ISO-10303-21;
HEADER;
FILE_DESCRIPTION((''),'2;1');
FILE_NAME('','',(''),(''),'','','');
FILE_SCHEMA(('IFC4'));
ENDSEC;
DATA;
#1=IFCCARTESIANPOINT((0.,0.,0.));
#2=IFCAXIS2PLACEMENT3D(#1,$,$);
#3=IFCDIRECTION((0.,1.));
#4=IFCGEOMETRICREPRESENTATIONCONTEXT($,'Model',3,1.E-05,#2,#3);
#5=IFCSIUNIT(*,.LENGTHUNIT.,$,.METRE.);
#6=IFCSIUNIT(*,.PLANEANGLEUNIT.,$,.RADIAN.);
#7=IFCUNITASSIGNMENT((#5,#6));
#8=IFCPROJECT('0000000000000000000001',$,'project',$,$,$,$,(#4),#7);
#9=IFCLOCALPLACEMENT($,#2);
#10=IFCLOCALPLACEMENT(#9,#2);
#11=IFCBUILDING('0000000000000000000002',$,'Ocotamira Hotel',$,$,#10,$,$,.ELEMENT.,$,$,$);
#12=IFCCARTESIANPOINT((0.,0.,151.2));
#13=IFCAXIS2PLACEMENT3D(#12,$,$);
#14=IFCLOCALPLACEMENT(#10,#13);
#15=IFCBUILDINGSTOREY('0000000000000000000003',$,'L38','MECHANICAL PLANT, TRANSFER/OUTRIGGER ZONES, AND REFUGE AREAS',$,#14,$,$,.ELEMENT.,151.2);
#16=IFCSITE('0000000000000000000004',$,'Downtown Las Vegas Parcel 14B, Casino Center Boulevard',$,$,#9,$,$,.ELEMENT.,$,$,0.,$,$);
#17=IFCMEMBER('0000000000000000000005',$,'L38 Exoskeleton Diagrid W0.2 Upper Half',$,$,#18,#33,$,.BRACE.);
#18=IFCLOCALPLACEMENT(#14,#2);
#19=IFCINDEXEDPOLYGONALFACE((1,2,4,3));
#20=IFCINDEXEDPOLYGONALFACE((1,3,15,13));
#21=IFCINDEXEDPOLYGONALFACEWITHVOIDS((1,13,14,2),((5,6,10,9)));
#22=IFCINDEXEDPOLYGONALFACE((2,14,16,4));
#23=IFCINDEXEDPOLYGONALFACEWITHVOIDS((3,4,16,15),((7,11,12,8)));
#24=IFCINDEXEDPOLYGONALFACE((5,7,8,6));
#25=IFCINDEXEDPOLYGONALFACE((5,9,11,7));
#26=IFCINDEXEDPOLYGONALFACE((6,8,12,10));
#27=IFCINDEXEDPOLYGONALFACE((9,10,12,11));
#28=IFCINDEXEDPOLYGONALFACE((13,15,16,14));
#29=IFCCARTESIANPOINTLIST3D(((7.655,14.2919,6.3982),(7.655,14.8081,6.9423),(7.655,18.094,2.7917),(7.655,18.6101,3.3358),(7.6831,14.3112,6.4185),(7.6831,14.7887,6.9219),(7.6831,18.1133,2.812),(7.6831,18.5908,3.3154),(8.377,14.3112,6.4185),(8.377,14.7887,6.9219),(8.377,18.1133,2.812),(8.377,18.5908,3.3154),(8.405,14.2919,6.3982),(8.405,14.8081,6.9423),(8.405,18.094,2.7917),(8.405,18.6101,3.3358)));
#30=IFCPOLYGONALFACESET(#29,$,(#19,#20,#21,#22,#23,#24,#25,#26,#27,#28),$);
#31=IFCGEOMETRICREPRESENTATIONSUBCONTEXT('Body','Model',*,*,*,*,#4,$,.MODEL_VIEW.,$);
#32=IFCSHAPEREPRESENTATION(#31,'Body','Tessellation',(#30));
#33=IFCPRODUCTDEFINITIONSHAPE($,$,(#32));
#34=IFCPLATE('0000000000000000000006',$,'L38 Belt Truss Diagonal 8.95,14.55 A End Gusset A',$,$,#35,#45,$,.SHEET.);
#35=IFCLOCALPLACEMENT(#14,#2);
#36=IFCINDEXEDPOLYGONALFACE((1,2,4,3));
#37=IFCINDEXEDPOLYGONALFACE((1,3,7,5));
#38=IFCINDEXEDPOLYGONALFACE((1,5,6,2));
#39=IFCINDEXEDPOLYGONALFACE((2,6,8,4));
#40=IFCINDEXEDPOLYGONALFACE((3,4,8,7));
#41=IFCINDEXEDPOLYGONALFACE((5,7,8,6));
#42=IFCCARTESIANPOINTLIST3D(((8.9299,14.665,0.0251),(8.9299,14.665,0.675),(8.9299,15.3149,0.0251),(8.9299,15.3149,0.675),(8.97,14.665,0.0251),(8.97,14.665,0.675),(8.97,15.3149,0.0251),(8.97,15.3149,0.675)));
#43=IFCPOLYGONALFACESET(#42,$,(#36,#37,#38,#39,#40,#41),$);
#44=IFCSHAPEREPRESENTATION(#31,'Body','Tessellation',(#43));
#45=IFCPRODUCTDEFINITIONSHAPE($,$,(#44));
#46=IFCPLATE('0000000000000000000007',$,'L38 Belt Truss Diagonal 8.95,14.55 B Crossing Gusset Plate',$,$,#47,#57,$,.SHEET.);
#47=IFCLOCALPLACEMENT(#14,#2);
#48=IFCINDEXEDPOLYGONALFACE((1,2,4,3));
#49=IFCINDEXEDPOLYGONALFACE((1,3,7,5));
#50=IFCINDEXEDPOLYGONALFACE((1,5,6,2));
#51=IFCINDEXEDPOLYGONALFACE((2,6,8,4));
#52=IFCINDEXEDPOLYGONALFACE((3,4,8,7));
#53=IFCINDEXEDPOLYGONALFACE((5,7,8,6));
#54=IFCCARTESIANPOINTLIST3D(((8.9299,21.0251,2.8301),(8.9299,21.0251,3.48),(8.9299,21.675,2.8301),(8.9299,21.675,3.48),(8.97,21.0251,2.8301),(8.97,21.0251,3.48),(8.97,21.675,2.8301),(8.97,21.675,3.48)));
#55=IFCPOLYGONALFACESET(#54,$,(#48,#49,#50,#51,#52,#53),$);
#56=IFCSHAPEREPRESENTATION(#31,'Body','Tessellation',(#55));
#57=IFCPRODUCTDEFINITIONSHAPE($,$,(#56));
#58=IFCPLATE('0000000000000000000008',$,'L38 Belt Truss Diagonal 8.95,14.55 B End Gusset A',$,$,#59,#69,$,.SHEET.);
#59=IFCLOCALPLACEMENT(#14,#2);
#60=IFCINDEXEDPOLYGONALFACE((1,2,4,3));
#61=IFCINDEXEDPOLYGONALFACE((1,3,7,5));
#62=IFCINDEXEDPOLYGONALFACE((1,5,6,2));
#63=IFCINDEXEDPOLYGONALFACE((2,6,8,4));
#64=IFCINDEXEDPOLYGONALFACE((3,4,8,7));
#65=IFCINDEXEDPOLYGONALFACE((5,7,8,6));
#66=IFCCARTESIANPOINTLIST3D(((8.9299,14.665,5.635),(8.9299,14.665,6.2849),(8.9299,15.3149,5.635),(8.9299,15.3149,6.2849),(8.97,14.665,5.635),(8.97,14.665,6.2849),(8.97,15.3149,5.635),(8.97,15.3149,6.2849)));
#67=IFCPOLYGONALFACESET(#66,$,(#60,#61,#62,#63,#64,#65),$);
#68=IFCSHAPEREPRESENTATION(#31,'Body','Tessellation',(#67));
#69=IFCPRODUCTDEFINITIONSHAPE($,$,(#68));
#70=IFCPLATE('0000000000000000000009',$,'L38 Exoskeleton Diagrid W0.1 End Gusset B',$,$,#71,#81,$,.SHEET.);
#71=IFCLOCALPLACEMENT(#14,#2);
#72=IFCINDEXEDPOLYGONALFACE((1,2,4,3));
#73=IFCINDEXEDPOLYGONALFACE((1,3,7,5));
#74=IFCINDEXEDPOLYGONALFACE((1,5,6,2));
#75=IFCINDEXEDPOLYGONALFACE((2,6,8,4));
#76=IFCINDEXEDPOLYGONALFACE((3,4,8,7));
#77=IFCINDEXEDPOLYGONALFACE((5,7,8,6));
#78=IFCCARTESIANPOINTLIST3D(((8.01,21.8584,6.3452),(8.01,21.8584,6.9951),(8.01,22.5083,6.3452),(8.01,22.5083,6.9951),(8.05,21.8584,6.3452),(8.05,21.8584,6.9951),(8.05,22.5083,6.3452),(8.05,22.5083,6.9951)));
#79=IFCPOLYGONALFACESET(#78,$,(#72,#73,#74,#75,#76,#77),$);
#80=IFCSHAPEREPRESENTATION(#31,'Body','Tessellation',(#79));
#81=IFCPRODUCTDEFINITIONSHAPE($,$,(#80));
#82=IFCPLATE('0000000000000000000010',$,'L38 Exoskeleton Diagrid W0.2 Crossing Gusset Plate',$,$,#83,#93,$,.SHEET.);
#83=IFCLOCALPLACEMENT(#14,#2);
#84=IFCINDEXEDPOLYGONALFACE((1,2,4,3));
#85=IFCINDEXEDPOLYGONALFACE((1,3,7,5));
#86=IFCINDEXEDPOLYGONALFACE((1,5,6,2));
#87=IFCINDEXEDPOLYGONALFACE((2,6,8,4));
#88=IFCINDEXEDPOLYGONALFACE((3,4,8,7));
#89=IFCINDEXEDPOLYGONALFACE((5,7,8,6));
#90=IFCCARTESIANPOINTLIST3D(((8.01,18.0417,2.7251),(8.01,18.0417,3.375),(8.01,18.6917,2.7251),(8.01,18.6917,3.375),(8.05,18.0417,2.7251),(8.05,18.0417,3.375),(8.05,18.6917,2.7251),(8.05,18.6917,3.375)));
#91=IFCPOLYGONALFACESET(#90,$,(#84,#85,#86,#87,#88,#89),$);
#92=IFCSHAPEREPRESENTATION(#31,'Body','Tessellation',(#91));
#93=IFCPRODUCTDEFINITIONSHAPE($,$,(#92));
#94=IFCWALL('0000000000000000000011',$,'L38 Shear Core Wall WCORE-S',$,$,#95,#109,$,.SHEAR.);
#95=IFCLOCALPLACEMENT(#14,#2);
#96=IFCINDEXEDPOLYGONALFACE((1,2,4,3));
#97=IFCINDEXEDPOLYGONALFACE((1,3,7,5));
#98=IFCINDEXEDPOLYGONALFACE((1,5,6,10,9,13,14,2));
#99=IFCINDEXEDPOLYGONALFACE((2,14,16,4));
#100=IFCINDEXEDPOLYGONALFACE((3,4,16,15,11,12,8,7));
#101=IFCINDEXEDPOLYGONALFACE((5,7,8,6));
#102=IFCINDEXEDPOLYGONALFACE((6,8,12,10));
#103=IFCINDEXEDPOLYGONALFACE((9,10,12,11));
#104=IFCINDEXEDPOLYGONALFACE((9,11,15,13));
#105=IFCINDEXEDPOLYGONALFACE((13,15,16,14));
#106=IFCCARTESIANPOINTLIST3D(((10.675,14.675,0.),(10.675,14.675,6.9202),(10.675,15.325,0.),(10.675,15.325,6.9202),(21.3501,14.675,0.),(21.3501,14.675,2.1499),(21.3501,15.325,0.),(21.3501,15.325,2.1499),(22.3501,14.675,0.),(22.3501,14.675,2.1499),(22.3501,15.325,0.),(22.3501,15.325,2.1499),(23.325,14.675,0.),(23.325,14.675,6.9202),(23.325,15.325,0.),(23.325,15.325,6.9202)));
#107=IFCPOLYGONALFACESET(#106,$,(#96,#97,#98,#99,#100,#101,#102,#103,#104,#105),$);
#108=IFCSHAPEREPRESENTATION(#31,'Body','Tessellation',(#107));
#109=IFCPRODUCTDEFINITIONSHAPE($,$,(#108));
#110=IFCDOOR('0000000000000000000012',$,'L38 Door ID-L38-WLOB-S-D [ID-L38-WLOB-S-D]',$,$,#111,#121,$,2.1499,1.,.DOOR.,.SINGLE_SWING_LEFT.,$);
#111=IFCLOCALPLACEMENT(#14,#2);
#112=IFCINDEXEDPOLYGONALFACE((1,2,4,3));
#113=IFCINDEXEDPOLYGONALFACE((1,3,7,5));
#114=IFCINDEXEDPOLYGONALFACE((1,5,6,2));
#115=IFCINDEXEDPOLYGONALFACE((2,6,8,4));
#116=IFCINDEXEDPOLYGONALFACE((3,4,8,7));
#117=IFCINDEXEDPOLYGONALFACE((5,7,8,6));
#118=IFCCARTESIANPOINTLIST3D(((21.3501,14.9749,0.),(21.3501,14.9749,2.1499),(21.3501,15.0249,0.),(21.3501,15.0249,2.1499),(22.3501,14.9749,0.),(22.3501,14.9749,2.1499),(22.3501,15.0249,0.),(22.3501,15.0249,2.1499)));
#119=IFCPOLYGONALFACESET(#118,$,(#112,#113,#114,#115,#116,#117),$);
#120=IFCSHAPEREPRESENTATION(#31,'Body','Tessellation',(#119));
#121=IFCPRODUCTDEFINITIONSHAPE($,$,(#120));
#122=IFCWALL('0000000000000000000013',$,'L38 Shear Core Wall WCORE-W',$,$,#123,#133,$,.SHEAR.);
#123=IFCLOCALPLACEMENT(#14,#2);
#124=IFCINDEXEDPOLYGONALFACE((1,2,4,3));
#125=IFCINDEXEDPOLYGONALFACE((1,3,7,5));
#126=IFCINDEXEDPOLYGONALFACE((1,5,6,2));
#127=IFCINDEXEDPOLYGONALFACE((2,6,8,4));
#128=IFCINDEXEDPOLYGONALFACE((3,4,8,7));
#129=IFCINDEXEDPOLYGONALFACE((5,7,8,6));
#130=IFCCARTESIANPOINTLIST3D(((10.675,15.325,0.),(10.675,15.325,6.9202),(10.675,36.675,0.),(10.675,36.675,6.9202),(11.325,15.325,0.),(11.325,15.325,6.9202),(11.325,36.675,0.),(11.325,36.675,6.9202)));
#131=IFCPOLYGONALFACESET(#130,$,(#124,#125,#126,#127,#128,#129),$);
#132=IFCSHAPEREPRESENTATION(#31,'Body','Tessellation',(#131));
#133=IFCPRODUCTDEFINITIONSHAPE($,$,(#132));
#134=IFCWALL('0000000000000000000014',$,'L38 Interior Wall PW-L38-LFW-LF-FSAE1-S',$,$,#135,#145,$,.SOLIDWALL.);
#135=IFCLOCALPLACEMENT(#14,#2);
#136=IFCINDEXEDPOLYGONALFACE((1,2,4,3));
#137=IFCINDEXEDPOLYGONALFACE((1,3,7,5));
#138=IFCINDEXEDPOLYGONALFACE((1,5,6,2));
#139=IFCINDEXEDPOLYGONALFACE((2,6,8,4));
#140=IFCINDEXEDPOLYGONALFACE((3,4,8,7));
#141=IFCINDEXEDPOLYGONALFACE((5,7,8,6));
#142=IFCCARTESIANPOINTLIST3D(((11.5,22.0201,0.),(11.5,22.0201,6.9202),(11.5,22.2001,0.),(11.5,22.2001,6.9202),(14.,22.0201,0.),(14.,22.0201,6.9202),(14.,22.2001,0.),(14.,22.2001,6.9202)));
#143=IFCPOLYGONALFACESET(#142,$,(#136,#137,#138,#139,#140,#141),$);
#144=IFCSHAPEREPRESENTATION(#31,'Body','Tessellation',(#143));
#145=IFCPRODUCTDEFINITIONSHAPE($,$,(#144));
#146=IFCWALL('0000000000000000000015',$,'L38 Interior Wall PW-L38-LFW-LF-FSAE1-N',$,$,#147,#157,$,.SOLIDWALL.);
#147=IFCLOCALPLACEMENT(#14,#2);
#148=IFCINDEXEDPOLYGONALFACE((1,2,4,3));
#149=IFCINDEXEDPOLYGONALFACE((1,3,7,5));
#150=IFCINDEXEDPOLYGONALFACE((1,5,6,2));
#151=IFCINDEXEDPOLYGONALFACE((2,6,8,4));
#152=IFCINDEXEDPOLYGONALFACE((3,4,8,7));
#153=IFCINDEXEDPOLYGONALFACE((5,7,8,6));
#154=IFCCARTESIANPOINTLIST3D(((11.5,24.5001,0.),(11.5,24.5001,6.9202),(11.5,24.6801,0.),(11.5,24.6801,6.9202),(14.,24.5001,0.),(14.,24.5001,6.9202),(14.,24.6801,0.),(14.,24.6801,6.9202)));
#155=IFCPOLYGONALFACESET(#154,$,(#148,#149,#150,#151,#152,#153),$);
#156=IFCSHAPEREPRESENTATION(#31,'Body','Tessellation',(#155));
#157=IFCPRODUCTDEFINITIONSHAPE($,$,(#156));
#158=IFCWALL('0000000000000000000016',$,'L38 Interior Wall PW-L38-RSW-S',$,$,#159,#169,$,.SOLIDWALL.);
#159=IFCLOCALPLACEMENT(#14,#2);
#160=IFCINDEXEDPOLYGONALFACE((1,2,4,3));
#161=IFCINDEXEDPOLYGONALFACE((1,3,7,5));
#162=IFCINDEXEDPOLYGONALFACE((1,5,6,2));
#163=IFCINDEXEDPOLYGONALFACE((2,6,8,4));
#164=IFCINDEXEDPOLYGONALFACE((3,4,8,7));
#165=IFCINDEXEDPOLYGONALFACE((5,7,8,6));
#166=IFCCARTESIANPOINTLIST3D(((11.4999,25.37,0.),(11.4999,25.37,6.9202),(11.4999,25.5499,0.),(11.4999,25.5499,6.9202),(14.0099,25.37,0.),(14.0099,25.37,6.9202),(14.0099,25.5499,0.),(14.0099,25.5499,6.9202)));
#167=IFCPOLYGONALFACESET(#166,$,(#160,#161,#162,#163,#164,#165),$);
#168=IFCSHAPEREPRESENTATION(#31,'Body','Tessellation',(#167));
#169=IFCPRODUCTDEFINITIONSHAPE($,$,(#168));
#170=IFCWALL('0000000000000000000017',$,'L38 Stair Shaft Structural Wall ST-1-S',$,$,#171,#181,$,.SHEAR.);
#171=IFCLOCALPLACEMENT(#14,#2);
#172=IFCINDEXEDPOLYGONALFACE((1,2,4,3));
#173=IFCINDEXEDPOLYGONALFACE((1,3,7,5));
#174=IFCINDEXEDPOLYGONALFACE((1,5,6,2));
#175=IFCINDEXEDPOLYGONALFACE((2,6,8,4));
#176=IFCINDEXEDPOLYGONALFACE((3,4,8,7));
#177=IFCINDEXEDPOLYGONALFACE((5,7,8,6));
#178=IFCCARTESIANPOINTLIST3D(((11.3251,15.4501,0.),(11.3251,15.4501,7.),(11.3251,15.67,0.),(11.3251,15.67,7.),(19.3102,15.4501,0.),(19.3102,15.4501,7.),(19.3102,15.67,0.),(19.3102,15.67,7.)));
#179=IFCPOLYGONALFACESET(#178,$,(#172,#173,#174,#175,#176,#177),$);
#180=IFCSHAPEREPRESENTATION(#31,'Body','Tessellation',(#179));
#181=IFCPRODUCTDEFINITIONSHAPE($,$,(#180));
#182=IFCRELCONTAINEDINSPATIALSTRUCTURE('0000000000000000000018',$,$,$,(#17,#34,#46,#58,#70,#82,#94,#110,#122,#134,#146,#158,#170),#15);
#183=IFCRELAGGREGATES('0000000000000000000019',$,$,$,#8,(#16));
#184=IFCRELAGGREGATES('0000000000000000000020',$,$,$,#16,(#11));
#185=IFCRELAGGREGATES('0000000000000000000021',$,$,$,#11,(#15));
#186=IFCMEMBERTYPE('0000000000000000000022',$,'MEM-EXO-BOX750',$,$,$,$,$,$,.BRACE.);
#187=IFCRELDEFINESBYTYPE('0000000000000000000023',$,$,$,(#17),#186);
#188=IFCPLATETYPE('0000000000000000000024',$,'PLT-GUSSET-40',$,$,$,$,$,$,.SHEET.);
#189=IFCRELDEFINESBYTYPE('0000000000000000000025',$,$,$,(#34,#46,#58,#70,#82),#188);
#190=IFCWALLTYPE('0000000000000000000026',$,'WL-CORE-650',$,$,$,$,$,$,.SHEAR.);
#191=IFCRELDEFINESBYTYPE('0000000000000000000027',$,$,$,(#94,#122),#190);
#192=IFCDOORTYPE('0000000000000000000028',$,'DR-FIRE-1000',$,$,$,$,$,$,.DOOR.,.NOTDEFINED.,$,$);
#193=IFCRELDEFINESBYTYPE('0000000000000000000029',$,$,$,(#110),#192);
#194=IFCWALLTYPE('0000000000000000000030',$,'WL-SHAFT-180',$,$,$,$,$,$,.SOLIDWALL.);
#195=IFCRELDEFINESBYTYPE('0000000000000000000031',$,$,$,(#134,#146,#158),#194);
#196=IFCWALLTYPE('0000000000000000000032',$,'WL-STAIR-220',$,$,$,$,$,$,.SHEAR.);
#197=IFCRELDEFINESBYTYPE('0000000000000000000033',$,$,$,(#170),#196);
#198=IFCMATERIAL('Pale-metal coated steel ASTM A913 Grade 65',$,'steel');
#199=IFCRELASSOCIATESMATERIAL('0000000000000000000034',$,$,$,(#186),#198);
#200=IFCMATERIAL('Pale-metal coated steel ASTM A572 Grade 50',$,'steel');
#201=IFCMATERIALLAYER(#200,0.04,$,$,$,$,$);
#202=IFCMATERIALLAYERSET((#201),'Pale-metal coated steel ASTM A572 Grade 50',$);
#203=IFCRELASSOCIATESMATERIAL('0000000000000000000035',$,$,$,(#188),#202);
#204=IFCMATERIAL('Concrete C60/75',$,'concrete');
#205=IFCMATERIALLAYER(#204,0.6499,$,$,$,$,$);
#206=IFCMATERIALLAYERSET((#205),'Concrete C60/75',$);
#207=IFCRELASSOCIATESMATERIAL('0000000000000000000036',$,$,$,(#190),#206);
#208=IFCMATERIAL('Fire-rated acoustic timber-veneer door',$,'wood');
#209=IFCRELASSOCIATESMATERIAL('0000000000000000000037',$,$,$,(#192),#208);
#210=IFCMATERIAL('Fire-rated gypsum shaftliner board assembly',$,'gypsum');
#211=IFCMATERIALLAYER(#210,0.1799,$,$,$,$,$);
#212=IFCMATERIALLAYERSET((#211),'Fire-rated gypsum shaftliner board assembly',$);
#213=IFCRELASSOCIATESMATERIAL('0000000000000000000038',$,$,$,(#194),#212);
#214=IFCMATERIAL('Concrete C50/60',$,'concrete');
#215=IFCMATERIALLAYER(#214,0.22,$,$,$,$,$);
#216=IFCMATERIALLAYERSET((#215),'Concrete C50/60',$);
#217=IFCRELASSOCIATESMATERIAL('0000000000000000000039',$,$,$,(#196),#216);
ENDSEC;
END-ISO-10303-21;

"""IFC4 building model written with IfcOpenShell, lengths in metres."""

from ifc_helpers import new_model, si_unit, direction, frame, frame_2d, origin, origin_2d, place, context, subcontext, project, spatial, rectangle, hollow_rectangle, extrude, source, transform, mapped, material, layer, layer_set, material_profile, profile_set, type_object, element, fill, save


model = new_model("IFC4")

# Units and contexts
model_context = context("Model", 3, precision=1e-05, world=origin(), true_north=direction((0.0, 1.0)))
body_context = subcontext(model_context, "Body", "Model", "MODEL_VIEW")
ifc_project = project(units=[si_unit("LENGTHUNIT", "METRE"), si_unit("PLANEANGLEUNIT", "RADIAN")], contexts=[model_context])

# Site, building, storey
site_placement = place(None, origin())
site = spatial("IfcSite", under=ifc_project, at=site_placement, Name="Downtown Las Vegas Parcel 14B, Casino Center Boulevard", CompositionType="ELEMENT", RefElevation=0.0)
building_placement = place(site_placement, origin())
building = spatial("IfcBuilding", under=site, at=building_placement, Name="Ocotamira Hotel", CompositionType="ELEMENT")
storey_placement = place(building_placement, frame((0.0, 0.0, 151.2)))
storey = spatial("IfcBuildingStorey", under=building, at=storey_placement, Name="L38", Description="MECHANICAL PLANT, TRANSFER/OUTRIGGER ZONES, AND REFUGE AREAS", CompositionType="ELEMENT", Elevation=151.2)

# Shared definitions
ifc_material_1 = material(Name="Concrete C60/75", Category="concrete")

# Member
ifc_material_2 = material(Name="Pale-metal coated steel ASTM A913 Grade 65", Category="steel")
ifc_material_profile_1 = material_profile(ifc_material_2, hollow_rectangle(XDim=0.75, YDim=0.75, WallThickness=0.0281, at=origin_2d()), Name="BOX750X750X28")
ifc_profile_set_1 = profile_set([ifc_material_profile_1], Name="Pale-metal coated steel ASTM A913 Grade 65")
member_type_1 = type_object("IfcMemberType", Name="MEM-EXO-BOX750", PredefinedType="BRACE", material=ifc_profile_set_1)
shared_shape_1 = source(origin(), body_context, "Body", "SweptSolid", [
    extrude(hollow_rectangle(XDim=0.75, YDim=0.75, WallThickness=0.0281, at=origin_2d()), origin(), (0.0, 0.0, 1.0), 5.2405),
])
for number, where, z_axis, x_axis, name in (
    (1, (8.03, 18.3521, 3.0637), (0.0, -0.725519, 0.688202), (1.0, 0.0, 0.0), "L38 Exoskeleton Diagrid W0.2 Upper Half"),
):
    element("IfcMember", number, at=place(storey_placement, frame(where, z_axis=z_axis, x_axis=x_axis)), inside=storey, type_object=member_type_1, Name=name, PredefinedType="BRACE", context=body_context, shape_type="MappedRepresentation", body=[
        mapped(shared_shape_1, transform((0.0, 0.0, 0.0), scale=1.0)),
    ])

# Plates
ifc_material_3 = material(Name="Pale-metal coated steel ASTM A572 Grade 50", Category="steel")
ifc_layer_1 = layer(ifc_material_3, 0.04)
ifc_layer_set_1 = layer_set([ifc_layer_1], Name="Pale-metal coated steel ASTM A572 Grade 50")
plate_type = type_object("IfcPlateType", Name="PLT-GUSSET-40", PredefinedType="SHEET", material=ifc_layer_set_1)
shared_shape_2 = source(origin(), body_context, "Body", "SweptSolid", [
    extrude(rectangle(XDim=0.04, YDim=0.6499, at=origin_2d()), origin(), (0.0, 0.0, 1.0), 0.6499),
])
for number, where, z_axis, x_axis, name in (
    (2, (8.95, 14.99, 0.0251), (0.0, 0.0, 1.0), (1.0, 0.0, 0.0), "L38 Belt Truss Diagonal 8.95,14.55 A End Gusset A"),
    (3, (8.95, 21.3501, 2.8301), (0.0, 0.0, 1.0), (1.0, 0.0, 0.0), "L38 Belt Truss Diagonal 8.95,14.55 B Crossing Gusset Plate"),
    (4, (8.95, 14.99, 5.635), (0.0, 0.0, 1.0), (1.0, 0.0, 0.0), "L38 Belt Truss Diagonal 8.95,14.55 B End Gusset A"),
    (5, (8.03, 22.1833, 6.3452), (0.0, 0.0, 1.0), (1.0, 0.0, 0.0), "L38 Exoskeleton Diagrid W0.1 End Gusset B"),
    (6, (8.03, 18.3667, 2.7251), (0.0, 0.0, 1.0), (1.0, 0.0, 0.0), "L38 Exoskeleton Diagrid W0.2 Crossing Gusset Plate"),
):
    element("IfcPlate", number, at=place(storey_placement, frame(where, z_axis=z_axis, x_axis=x_axis)), inside=storey, type_object=plate_type, Name=name, PredefinedType="SHEET", context=body_context, shape_type="MappedRepresentation", body=[
        mapped(shared_shape_2, transform((0.0, 0.0, 0.0), scale=1.0)),
    ])

# Wall, opening, door
ifc_layer_2 = layer(ifc_material_1, 0.6499)
ifc_layer_set_2 = layer_set([ifc_layer_2], Name="Concrete C60/75")
wall_type_1 = type_object("IfcWallType", Name="WL-CORE-650", PredefinedType="SHEAR", material=ifc_layer_set_2)
wall_1_placement = place(storey_placement, frame((10.675, 15.0, 0.0), z_axis=(0.0, 0.0, 1.0), x_axis=(1.0, 0.0, 0.0)))
wall_1 = element("IfcWall", 7, at=wall_1_placement, inside=storey, type_object=wall_type_1, Name="L38 Shear Core Wall WCORE-S", PredefinedType="SHEAR", context=body_context, shape_type="SweptSolid", body=[
    extrude(rectangle(XDim=12.6499, YDim=0.6499, at=frame_2d((6.325, 0.0))), origin(), (0.0, 0.0, 1.0), 6.9202),
])
opening_1_placement = place(wall_1_placement, frame((10.675, 0.0, 0.0)))
opening_1 = element("IfcOpeningElement", 8, at=opening_1_placement, cuts=wall_1, PredefinedType="OPENING", context=body_context, shape_type="SweptSolid", body=[
    extrude(rectangle(XDim=1.0, YDim=2.1499, at=frame_2d((0.5, 1.075))), frame((0.0, 0.335, 0.0), z_axis=(0.0, -1.0, 0.0), x_axis=(1.0, 0.0, 0.0)), (0.0, 0.0, 1.0), 0.6699),
])
ifc_material_4 = material(Name="Fire-rated acoustic timber-veneer door", Category="wood")
door_type_1 = type_object("IfcDoorType", Name="DR-FIRE-1000", OperationType="NOTDEFINED", PredefinedType="DOOR", material=ifc_material_4)
shared_shape_3 = source(origin(), body_context, "Body", "SweptSolid", [
    extrude(rectangle(XDim=1.0, YDim=2.1499, at=frame_2d((0.5, 1.075))), frame((0.0, 0.0249, 0.0), z_axis=(0.0, -1.0, 0.0), x_axis=(1.0, 0.0, 0.0)), (0.0, 0.0, 1.0), 0.05),
])
door_1_placement = place(opening_1_placement, origin())
door_1 = element("IfcDoor", 9, at=door_1_placement, inside=storey, type_object=door_type_1, Name="L38 Door ID-L38-WLOB-S-D [ID-L38-WLOB-S-D]", OperationType="SINGLE_SWING_LEFT", OverallHeight=2.1499, OverallWidth=1.0, PredefinedType="DOOR", context=body_context, shape_type="MappedRepresentation", body=[
    mapped(shared_shape_3, transform((0.0, 0.0, 0.0), scale=1.0)),
])
fill(opening_1, door_1)

# Walls
wall_2_placement = place(storey_placement, frame((11.0, 15.325, 0.0), z_axis=(0.0, 0.0, 1.0), x_axis=(0.0, 1.0, 0.0)))
element("IfcWall", 10, at=wall_2_placement, inside=storey, type_object=wall_type_1, Name="L38 Shear Core Wall WCORE-W", PredefinedType="SHEAR", context=body_context, shape_type="SweptSolid", body=[
    extrude(rectangle(XDim=21.3501, YDim=0.6499, at=frame_2d((10.675, 0.0))), origin(), (0.0, 0.0, 1.0), 6.9202),
])
ifc_material_5 = material(Name="Fire-rated gypsum shaftliner board assembly", Category="gypsum")
ifc_layer_3 = layer(ifc_material_5, 0.1799)
ifc_layer_set_3 = layer_set([ifc_layer_3], Name="Fire-rated gypsum shaftliner board assembly")
wall_type_2 = type_object("IfcWallType", Name="WL-SHAFT-180", PredefinedType="SOLIDWALL", material=ifc_layer_set_3)
for number, where, z_axis, x_axis, name in (
    (11, (11.5, 22.1101, 0.0), (0.0, 0.0, 1.0), (1.0, 0.0, 0.0), "L38 Interior Wall PW-L38-LFW-LF-FSAE1-S"),
    (12, (11.5, 24.5901, 0.0), (0.0, 0.0, 1.0), (1.0, 0.0, 0.0), "L38 Interior Wall PW-L38-LFW-LF-FSAE1-N"),
):
    element("IfcWall", number, at=place(storey_placement, frame(where, z_axis=z_axis, x_axis=x_axis)), inside=storey, type_object=wall_type_2, Name=name, PredefinedType="SOLIDWALL", context=body_context, shape_type="SweptSolid", body=[
        extrude(rectangle(XDim=2.5, YDim=0.1799, at=frame_2d((1.25, 0.0))), origin(), (0.0, 0.0, 1.0), 6.9202),
    ])
wall_3_placement = place(storey_placement, frame((11.5, 25.46, 0.0), z_axis=(0.0, 0.0, 1.0), x_axis=(1.0, 0.0, 0.0)))
element("IfcWall", 13, at=wall_3_placement, inside=storey, type_object=wall_type_2, Name="L38 Interior Wall PW-L38-RSW-S", PredefinedType="SOLIDWALL", context=body_context, shape_type="SweptSolid", body=[
    extrude(rectangle(XDim=2.51, YDim=0.1799, at=frame_2d((1.2549, 0.0))), origin(), (0.0, 0.0, 1.0), 6.9202),
])
ifc_material_6 = material(Name="Concrete C50/60", Category="concrete")
ifc_layer_4 = layer(ifc_material_6, 0.22)
ifc_layer_set_4 = layer_set([ifc_layer_4], Name="Concrete C50/60")
wall_type_3 = type_object("IfcWallType", Name="WL-STAIR-220", PredefinedType="SHEAR", material=ifc_layer_set_4)
wall_4_placement = place(storey_placement, frame((11.325, 15.5601, 0.0), z_axis=(0.0, 0.0, 1.0), x_axis=(1.0, 0.0, 0.0)))
element("IfcWall", 14, at=wall_4_placement, inside=storey, type_object=wall_type_3, Name="L38 Stair Shaft Structural Wall ST-1-S", PredefinedType="SHEAR", context=body_context, shape_type="SweptSolid", body=[
    extrude(rectangle(XDim=7.9851, YDim=0.22, at=frame_2d((3.9927, 0.0))), origin(), (0.0, 0.0, 1.0), 7.0),
])

save(model, "model.ifc")
